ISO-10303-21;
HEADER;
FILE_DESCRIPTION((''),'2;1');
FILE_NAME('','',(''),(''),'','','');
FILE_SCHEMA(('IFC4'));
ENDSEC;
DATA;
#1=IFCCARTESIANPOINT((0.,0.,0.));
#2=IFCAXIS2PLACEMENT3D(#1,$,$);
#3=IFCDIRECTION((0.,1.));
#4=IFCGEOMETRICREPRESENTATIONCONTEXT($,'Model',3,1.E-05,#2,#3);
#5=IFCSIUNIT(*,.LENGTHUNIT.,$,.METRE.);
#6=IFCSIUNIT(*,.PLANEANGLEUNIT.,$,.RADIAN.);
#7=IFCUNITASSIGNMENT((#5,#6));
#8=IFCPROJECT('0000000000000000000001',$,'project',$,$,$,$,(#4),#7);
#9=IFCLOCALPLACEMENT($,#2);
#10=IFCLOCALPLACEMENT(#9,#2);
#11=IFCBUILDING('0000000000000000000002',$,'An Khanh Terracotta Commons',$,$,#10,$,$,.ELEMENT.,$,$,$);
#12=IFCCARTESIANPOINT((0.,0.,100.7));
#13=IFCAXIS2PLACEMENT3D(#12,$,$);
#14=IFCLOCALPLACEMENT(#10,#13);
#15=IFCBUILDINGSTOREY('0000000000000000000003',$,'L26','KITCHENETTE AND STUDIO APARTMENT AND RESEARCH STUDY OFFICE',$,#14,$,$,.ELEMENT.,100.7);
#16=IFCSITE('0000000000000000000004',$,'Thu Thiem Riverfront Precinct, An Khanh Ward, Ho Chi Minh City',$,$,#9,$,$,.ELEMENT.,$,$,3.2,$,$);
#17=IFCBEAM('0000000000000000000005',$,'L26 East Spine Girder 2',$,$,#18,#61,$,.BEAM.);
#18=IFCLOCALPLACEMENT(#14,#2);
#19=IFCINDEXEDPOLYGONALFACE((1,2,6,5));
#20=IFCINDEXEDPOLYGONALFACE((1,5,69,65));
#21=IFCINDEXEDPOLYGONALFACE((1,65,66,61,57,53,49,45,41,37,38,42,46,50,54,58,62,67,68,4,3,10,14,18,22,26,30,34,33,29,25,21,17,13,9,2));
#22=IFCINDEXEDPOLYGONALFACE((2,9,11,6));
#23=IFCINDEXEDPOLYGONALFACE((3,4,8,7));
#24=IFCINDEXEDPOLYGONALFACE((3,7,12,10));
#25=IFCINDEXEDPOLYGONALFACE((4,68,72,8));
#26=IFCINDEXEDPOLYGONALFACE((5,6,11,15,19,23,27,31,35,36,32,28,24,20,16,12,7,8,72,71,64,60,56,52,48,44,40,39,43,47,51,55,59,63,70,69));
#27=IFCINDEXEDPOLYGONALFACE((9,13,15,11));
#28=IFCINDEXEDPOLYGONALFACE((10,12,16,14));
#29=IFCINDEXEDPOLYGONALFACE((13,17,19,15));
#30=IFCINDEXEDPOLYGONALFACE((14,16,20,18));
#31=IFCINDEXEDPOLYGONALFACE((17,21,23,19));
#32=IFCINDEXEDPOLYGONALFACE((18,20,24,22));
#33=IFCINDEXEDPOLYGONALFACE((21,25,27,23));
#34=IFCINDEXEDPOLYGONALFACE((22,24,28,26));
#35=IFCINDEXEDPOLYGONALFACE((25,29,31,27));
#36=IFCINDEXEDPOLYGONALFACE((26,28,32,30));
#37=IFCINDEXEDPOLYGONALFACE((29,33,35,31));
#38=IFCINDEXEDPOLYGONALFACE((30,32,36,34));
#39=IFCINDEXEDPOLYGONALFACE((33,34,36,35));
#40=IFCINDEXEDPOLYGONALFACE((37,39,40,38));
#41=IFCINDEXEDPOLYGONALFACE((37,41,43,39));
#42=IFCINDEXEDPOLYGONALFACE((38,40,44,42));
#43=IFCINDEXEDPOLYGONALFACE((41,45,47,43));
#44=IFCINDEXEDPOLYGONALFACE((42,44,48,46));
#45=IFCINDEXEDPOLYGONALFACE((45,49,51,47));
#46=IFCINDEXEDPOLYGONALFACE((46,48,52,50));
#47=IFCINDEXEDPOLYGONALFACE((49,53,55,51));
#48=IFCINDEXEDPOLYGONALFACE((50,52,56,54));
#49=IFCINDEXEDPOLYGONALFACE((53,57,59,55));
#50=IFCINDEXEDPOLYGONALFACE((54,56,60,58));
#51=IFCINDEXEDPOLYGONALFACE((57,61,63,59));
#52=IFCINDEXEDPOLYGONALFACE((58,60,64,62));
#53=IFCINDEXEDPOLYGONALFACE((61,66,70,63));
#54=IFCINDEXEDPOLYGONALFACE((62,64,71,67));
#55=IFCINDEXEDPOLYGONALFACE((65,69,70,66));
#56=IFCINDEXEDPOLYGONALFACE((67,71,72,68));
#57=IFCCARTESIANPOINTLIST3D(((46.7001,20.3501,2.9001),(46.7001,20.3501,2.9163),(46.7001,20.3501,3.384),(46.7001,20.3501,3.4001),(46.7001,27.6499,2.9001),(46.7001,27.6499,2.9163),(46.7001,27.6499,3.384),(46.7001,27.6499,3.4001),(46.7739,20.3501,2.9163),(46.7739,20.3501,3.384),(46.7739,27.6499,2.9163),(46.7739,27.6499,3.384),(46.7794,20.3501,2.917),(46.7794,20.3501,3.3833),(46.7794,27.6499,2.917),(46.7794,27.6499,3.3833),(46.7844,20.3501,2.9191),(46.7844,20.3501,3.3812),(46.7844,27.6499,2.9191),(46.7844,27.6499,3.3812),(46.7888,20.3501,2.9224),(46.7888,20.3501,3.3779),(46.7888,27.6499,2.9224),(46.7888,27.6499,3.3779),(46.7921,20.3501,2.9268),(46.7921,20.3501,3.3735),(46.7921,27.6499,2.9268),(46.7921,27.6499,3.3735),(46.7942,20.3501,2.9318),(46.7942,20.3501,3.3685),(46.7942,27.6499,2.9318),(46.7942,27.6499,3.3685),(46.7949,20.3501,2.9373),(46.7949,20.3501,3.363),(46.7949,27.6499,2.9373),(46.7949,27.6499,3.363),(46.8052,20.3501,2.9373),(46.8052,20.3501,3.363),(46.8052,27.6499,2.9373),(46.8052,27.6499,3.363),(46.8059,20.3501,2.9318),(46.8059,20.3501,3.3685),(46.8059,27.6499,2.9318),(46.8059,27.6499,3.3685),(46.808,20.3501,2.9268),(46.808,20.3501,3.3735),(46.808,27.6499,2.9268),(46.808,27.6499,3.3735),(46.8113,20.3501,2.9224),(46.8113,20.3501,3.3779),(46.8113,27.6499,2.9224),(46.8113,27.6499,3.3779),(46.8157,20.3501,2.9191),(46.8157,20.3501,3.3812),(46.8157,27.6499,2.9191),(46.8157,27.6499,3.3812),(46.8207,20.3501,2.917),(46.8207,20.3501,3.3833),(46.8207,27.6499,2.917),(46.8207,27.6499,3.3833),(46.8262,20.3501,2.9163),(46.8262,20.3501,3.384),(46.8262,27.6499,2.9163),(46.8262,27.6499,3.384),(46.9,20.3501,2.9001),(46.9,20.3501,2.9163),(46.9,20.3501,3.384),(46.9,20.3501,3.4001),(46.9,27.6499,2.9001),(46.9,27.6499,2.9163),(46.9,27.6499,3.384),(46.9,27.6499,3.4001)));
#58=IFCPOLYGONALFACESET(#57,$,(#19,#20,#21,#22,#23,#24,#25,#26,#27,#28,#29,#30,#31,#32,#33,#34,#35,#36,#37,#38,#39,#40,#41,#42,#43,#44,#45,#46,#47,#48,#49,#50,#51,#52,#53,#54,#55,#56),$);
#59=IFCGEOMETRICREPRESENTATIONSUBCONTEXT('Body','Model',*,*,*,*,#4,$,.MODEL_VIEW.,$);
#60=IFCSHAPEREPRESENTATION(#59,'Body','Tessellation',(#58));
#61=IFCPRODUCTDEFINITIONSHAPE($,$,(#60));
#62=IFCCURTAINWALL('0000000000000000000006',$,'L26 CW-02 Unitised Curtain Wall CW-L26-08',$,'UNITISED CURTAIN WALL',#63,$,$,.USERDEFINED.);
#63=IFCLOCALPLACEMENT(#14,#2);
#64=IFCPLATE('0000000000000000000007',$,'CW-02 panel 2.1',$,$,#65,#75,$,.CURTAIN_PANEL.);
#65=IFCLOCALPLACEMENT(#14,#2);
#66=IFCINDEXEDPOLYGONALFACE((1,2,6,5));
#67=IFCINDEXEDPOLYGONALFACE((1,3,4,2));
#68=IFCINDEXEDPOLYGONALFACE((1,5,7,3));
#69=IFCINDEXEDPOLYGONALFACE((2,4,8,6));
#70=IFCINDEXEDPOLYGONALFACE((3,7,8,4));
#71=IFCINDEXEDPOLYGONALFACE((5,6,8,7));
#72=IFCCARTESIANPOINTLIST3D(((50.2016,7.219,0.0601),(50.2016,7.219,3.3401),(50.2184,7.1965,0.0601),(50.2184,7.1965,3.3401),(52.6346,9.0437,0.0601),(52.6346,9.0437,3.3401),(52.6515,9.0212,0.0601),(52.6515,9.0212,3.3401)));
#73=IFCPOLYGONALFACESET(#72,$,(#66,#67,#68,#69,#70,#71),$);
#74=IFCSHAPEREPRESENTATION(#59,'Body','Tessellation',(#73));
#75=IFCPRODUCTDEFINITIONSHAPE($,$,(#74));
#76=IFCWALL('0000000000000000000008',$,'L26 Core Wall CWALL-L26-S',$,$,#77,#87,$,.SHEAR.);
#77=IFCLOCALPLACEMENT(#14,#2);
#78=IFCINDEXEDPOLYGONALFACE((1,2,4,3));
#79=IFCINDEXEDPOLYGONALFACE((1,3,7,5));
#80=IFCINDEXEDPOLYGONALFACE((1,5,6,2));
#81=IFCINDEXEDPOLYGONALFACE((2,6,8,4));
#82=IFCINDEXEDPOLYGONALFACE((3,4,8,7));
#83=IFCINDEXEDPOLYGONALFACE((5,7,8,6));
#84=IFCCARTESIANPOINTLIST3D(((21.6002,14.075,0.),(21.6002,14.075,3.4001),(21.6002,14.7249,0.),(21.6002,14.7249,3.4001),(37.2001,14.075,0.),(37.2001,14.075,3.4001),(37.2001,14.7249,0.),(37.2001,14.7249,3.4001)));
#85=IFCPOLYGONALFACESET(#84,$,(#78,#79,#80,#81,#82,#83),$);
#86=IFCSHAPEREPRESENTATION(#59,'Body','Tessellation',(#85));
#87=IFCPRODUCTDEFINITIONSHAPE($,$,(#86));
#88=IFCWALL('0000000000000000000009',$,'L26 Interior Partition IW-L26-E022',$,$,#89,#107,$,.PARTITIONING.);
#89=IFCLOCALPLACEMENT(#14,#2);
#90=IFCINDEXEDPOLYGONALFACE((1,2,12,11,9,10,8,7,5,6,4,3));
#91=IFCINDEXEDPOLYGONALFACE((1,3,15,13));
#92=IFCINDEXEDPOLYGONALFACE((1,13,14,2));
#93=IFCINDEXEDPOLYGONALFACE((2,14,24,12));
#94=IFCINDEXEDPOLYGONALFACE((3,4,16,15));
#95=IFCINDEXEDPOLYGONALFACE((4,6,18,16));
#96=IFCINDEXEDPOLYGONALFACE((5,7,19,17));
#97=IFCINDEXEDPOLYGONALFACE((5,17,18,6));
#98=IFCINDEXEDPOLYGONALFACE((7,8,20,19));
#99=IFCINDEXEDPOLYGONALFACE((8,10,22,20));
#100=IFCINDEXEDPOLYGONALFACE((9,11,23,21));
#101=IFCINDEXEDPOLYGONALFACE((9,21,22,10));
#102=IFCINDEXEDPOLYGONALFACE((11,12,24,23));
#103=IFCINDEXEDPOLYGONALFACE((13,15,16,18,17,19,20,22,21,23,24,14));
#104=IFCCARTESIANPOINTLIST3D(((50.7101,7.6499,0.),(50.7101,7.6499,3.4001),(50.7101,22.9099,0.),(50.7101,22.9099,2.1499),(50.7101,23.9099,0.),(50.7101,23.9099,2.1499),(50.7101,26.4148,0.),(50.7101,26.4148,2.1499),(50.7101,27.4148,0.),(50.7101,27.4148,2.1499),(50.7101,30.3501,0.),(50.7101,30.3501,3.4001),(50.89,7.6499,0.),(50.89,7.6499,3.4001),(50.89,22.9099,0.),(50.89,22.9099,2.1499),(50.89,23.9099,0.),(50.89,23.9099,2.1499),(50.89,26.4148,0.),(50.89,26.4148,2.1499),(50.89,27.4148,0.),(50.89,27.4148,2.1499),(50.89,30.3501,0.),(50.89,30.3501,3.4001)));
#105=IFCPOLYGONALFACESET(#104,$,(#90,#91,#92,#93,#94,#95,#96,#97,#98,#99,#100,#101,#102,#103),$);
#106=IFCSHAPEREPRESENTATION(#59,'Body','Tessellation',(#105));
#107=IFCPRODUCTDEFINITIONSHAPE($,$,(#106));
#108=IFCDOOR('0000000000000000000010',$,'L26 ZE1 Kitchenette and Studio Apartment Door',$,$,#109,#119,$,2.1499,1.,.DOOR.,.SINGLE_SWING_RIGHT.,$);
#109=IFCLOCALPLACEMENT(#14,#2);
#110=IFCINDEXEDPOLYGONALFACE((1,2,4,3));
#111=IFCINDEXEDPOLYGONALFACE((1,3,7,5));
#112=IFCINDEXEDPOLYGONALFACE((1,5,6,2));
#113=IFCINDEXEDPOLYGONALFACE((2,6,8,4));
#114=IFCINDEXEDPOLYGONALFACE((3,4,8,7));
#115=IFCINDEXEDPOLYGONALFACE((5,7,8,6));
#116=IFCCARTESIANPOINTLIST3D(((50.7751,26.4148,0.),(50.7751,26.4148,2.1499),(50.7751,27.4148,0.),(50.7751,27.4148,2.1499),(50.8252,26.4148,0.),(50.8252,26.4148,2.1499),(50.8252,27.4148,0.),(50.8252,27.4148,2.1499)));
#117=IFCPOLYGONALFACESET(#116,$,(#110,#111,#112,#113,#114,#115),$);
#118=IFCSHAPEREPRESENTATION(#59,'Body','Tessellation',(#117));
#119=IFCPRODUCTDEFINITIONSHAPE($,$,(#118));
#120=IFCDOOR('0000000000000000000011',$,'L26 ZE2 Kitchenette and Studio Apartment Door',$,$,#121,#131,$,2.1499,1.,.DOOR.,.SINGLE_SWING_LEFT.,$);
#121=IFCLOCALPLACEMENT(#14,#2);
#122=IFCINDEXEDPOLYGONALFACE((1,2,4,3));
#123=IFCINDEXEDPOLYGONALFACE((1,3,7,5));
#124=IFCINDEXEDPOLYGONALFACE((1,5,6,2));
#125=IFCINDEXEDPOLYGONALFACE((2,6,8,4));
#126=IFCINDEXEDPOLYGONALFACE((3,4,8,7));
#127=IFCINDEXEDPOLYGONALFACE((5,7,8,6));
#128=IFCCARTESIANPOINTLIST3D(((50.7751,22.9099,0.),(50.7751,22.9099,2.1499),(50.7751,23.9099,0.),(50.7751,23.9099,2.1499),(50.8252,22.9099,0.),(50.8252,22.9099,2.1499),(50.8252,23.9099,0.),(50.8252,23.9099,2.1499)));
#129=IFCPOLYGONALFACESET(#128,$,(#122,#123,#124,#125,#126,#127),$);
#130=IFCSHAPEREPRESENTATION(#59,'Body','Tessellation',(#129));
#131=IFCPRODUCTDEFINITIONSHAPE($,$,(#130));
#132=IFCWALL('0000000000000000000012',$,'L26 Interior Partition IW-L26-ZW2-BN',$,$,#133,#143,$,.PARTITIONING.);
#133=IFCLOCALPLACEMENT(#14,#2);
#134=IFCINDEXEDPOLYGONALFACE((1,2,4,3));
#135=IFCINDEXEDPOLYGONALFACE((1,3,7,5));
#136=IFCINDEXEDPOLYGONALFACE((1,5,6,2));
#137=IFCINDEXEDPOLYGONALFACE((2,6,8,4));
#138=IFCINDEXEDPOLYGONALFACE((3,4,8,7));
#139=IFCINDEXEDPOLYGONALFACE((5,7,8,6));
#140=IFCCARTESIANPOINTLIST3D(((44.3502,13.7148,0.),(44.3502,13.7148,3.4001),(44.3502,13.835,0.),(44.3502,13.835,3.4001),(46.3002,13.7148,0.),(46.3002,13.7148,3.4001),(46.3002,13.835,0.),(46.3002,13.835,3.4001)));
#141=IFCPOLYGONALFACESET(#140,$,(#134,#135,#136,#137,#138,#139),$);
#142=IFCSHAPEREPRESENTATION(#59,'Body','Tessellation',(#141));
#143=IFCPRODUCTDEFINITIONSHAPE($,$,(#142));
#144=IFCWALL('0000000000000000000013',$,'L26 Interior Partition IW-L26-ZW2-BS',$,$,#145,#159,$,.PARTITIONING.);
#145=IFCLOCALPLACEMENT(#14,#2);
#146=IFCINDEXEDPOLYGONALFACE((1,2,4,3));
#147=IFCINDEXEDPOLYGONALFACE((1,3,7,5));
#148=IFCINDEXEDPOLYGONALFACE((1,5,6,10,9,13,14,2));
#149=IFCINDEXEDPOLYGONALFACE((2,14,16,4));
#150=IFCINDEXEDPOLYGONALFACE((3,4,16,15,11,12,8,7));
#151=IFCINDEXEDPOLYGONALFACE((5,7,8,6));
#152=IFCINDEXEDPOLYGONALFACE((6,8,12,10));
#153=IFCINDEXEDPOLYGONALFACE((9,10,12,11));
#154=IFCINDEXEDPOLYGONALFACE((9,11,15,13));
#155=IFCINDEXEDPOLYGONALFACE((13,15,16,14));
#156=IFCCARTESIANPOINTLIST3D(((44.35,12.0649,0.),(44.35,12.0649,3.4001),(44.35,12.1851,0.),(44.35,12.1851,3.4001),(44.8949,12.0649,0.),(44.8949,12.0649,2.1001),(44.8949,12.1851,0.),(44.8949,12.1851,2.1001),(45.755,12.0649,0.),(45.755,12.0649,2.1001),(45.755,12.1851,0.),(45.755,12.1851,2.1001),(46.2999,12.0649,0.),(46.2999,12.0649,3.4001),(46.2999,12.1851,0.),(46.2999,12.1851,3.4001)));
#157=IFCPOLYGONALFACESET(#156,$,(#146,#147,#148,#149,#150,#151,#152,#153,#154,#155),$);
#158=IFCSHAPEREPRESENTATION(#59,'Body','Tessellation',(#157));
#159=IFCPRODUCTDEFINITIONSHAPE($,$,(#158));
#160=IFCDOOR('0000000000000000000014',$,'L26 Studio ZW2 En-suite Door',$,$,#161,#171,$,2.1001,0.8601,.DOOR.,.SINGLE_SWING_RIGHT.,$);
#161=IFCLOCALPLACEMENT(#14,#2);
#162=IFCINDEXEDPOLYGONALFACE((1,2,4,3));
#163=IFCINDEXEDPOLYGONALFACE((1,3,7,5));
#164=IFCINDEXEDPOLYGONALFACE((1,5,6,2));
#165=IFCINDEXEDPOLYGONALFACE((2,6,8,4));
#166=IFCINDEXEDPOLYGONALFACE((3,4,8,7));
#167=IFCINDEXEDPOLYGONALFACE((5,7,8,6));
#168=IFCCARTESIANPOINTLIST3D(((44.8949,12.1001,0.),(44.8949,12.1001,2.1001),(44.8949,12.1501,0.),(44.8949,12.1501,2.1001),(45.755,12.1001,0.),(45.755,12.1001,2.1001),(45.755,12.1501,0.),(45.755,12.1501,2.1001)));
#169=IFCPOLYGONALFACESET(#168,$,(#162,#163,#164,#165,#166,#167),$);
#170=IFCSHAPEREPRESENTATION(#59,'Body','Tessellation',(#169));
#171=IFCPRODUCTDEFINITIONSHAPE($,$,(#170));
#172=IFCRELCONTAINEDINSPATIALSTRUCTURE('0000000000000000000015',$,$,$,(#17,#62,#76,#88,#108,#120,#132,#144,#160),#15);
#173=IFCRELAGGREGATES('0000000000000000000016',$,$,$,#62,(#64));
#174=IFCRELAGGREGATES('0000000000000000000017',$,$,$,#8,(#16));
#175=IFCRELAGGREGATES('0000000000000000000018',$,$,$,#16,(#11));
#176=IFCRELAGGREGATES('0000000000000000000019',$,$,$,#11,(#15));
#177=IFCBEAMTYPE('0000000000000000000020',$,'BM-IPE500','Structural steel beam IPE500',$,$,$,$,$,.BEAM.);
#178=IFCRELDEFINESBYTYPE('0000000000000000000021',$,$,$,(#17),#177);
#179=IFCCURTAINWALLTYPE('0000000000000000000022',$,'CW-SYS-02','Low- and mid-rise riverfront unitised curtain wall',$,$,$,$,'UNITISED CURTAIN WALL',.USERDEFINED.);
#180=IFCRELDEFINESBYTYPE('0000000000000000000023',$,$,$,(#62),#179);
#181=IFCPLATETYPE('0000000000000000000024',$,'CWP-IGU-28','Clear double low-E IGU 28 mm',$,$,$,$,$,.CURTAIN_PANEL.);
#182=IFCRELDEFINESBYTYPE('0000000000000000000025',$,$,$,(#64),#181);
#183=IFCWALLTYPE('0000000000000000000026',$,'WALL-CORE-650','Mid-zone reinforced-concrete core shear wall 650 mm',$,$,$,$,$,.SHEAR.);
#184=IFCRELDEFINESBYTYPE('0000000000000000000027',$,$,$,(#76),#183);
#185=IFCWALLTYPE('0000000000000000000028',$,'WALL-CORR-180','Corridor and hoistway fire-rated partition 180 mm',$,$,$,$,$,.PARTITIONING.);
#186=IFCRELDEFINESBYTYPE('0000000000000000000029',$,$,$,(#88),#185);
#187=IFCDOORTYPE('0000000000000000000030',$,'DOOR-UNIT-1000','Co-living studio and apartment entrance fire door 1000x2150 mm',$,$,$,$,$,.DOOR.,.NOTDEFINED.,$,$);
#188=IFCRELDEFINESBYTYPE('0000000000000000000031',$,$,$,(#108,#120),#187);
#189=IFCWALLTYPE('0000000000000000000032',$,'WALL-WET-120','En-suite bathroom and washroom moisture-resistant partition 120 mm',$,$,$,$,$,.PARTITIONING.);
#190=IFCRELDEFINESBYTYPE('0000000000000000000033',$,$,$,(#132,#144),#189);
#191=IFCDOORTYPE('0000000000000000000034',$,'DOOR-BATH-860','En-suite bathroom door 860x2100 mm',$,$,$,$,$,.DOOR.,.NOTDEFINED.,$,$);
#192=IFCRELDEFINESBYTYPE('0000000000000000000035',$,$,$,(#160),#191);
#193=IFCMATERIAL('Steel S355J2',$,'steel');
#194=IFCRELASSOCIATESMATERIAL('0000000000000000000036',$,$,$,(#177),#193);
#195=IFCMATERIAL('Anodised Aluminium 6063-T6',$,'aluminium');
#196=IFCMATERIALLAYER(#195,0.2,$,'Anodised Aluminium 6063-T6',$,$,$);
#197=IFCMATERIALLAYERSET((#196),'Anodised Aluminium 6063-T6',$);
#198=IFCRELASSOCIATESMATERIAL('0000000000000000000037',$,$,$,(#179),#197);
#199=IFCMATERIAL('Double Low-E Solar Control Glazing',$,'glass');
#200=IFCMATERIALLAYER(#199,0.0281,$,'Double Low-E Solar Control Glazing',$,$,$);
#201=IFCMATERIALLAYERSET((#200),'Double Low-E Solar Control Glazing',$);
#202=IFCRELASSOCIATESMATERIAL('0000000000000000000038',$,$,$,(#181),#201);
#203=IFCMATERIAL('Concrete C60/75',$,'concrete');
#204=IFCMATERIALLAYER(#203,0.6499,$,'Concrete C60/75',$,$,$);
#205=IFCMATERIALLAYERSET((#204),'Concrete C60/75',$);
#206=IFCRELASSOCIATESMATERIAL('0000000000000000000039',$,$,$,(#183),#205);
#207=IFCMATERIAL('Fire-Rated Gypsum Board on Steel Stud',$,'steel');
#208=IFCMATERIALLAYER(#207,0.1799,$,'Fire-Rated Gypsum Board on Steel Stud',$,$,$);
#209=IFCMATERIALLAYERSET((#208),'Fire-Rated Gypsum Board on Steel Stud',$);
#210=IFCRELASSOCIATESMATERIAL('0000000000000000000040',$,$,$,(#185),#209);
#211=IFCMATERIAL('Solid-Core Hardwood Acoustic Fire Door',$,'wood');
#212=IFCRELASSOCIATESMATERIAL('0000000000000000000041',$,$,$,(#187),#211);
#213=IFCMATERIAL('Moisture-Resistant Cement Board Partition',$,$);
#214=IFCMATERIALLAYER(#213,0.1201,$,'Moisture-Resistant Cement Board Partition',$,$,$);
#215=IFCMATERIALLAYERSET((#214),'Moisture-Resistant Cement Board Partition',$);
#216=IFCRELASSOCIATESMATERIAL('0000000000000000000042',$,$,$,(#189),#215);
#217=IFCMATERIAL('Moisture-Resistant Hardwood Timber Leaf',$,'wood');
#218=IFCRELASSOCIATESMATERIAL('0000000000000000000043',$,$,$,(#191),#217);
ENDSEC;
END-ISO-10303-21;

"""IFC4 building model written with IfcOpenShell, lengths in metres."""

from ifc_helpers import new_model, si_unit, direction, frame, frame_2d, origin, origin_2d, place, context, subcontext, project, spatial, rectangle, i_section, extrude, material, layer, layer_set, material_profile, profile_set, type_object, element, fill, aggregate, save


model = new_model("IFC4")

# Units and contexts
model_context = context("Model", 3, precision=1e-05, world=origin(), true_north=direction((0.0, 1.0)))
body_context = subcontext(model_context, "Body", "Model", "MODEL_VIEW")
ifc_project = project(units=[si_unit("LENGTHUNIT", "METRE"), si_unit("PLANEANGLEUNIT", "RADIAN")], contexts=[model_context])

# Site, building, storey
site_placement = place(None, origin())
site = spatial("IfcSite", under=ifc_project, at=site_placement, Name="Thu Thiem Riverfront Precinct, An Khanh Ward, Ho Chi Minh City", CompositionType="ELEMENT", RefElevation=3.2)
building_placement = place(site_placement, origin())
building = spatial("IfcBuilding", under=site, at=building_placement, Name="An Khanh Terracotta Commons", CompositionType="ELEMENT")
storey_placement = place(building_placement, frame((0.0, 0.0, 100.7)))
storey = spatial("IfcBuildingStorey", under=building, at=storey_placement, Name="L26", Description="KITCHENETTE AND STUDIO APARTMENT AND RESEARCH STUDY OFFICE", CompositionType="ELEMENT", Elevation=100.7)

# Beam
ifc_material_1 = material(Name="Steel S355J2", Category="steel")
ifc_material_profile_1 = material_profile(ifc_material_1, i_section(OverallWidth=0.2, OverallDepth=0.5, WebThickness=0.0103, FlangeThickness=0.0161, FilletRadius=0.021, at=origin_2d()), Name="IPE500")
ifc_profile_set_1 = profile_set([ifc_material_profile_1], Name="Steel S355J2")
beam_type_1 = type_object("IfcBeamType", Name="BM-IPE500", Description="Structural steel beam IPE500", PredefinedType="BEAM", material=ifc_profile_set_1)
beam_1_placement = place(storey_placement, frame((46.8, 20.3501, 3.1501), z_axis=(0.0, 1.0, 0.0), x_axis=(-1.0, 0.0, 0.0)))
element("IfcBeam", 1, at=beam_1_placement, inside=storey, type_object=beam_type_1, Name="L26 East Spine Girder 2", PredefinedType="BEAM", context=body_context, shape_type="SweptSolid", body=[
    extrude(i_section(OverallWidth=0.2, OverallDepth=0.5, WebThickness=0.0103, FlangeThickness=0.0161, FilletRadius=0.021, at=origin_2d()), origin(), (0.0, 0.0, 1.0), 7.2998),
])

# Curtain wall, plate
ifc_material_2 = material(Name="Anodised Aluminium 6063-T6", Category="aluminium")
ifc_layer_1 = layer(ifc_material_2, 0.2, Name="Anodised Aluminium 6063-T6")
ifc_layer_set_1 = layer_set([ifc_layer_1], Name="Anodised Aluminium 6063-T6")
curtain_wall_type = type_object("IfcCurtainWallType", Name="CW-SYS-02", Description="Low- and mid-rise riverfront unitised curtain wall", ElementType="UNITISED CURTAIN WALL", PredefinedType="USERDEFINED", material=ifc_layer_set_1)
curtain_wall_placement = place(storey_placement, origin())
curtain_wall = element("IfcCurtainWall", 2, at=curtain_wall_placement, inside=storey, type_object=curtain_wall_type, Name="L26 CW-02 Unitised Curtain Wall CW-L26-08", ObjectType="UNITISED CURTAIN WALL", PredefinedType="USERDEFINED")
ifc_material_3 = material(Name="Double Low-E Solar Control Glazing", Category="glass")
ifc_layer_2 = layer(ifc_material_3, 0.0281, Name="Double Low-E Solar Control Glazing")
ifc_layer_set_2 = layer_set([ifc_layer_2], Name="Double Low-E Solar Control Glazing")
plate_type = type_object("IfcPlateType", Name="CWP-IGU-28", Description="Clear double low-E IGU 28 mm", PredefinedType="CURTAIN_PANEL", material=ifc_layer_set_2)
plate_placement = place(storey_placement, frame((51.4265, 8.1201, 0.0601), z_axis=(0.0, 0.0, 1.0), x_axis=(0.800013, 0.599983, 0.0)))
plate = element("IfcPlate", 3, at=plate_placement, type_object=plate_type, Name="CW-02 panel 2.1", PredefinedType="CURTAIN_PANEL", context=body_context, shape_type="SweptSolid", body=[
    extrude(rectangle(XDim=3.0413, YDim=0.0281, at=origin_2d()), origin(), (0.0, 0.0, 1.0), 3.28),
])
aggregate(curtain_wall, [plate])

# Wall
ifc_material_4 = material(Name="Concrete C60/75", Category="concrete")
ifc_layer_3 = layer(ifc_material_4, 0.6499, Name="Concrete C60/75")
ifc_layer_set_3 = layer_set([ifc_layer_3], Name="Concrete C60/75")
wall_type_1 = type_object("IfcWallType", Name="WALL-CORE-650", Description="Mid-zone reinforced-concrete core shear wall 650 mm", PredefinedType="SHEAR", material=ifc_layer_set_3)
wall_1_placement = place(storey_placement, frame((37.2, 14.3999, 0.0), z_axis=(0.0, 0.0, 1.0), x_axis=(-1.0, 0.0, 0.0)))
element("IfcWall", 4, at=wall_1_placement, inside=storey, type_object=wall_type_1, Name="L26 Core Wall CWALL-L26-S", PredefinedType="SHEAR", context=body_context, shape_type="SweptSolid", body=[
    extrude(rectangle(XDim=15.5999, YDim=0.6499, at=frame_2d((7.7998, 0.0))), origin(), (0.0, 0.0, 1.0), 3.4001),
])

# Wall, openings, doors
ifc_material_5 = material(Name="Fire-Rated Gypsum Board on Steel Stud", Category="steel")
ifc_layer_4 = layer(ifc_material_5, 0.1799, Name="Fire-Rated Gypsum Board on Steel Stud")
ifc_layer_set_4 = layer_set([ifc_layer_4], Name="Fire-Rated Gypsum Board on Steel Stud")
wall_type_2 = type_object("IfcWallType", Name="WALL-CORR-180", Description="Corridor and hoistway fire-rated partition 180 mm", PredefinedType="PARTITIONING", material=ifc_layer_set_4)
wall_2_placement = place(storey_placement, frame((50.8, 7.6499, 0.0), z_axis=(0.0, 0.0, 1.0), x_axis=(0.0, 1.0, 0.0)))
wall_2 = element("IfcWall", 5, at=wall_2_placement, inside=storey, type_object=wall_type_2, Name="L26 Interior Partition IW-L26-E022", PredefinedType="PARTITIONING", context=body_context, shape_type="SweptSolid", body=[
    extrude(rectangle(XDim=22.7002, YDim=0.1799, at=frame_2d((11.3501, 0.0))), origin(), (0.0, 0.0, 1.0), 3.4001),
])
opening_1_placement = place(wall_2_placement, frame((18.7649, 0.0, 0.0)))
opening_1 = element("IfcOpeningElement", 6, at=opening_1_placement, cuts=wall_2, PredefinedType="OPENING", context=body_context, shape_type="SweptSolid", body=[
    extrude(rectangle(XDim=1.0, YDim=2.1499, at=frame_2d((0.5, 1.075))), frame((0.0, 0.0999, 0.0), z_axis=(0.0, -1.0, 0.0), x_axis=(1.0, 0.0, 0.0)), (0.0, 0.0, 1.0), 0.2),
])
opening_2_placement = place(wall_2_placement, frame((15.26, 0.0, 0.0)))
opening_2 = element("IfcOpeningElement", 7, at=opening_2_placement, cuts=wall_2, PredefinedType="OPENING", context=body_context, shape_type="SweptSolid", body=[
    extrude(rectangle(XDim=1.0, YDim=2.1499, at=frame_2d((0.5, 1.075))), frame((0.0, 0.0999, 0.0), z_axis=(0.0, -1.0, 0.0), x_axis=(1.0, 0.0, 0.0)), (0.0, 0.0, 1.0), 0.2),
])
ifc_material_6 = material(Name="Solid-Core Hardwood Acoustic Fire Door", Category="wood")
door_type_1 = type_object("IfcDoorType", Name="DOOR-UNIT-1000", Description="Co-living studio and apartment entrance fire door 1000x2150 mm", OperationType="NOTDEFINED", PredefinedType="DOOR", material=ifc_material_6)
door_1_placement = place(opening_1_placement, origin())
door_1 = element("IfcDoor", 8, at=door_1_placement, inside=storey, type_object=door_type_1, Name="L26 ZE1 Kitchenette and Studio Apartment Door", OperationType="SINGLE_SWING_RIGHT", OverallHeight=2.1499, OverallWidth=1.0, PredefinedType="DOOR", context=body_context, shape_type="SweptSolid", body=[
    extrude(rectangle(XDim=1.0, YDim=2.1499, at=frame_2d((0.5, 1.075))), frame((0.0, 0.0249, 0.0), z_axis=(0.0, -1.0, 0.0), x_axis=(1.0, 0.0, 0.0)), (0.0, 0.0, 1.0), 0.05),
])
fill(opening_1, door_1)
door_2_placement = place(opening_2_placement, origin())
door_2 = element("IfcDoor", 9, at=door_2_placement, inside=storey, type_object=door_type_1, Name="L26 ZE2 Kitchenette and Studio Apartment Door", OperationType="SINGLE_SWING_LEFT", OverallHeight=2.1499, OverallWidth=1.0, PredefinedType="DOOR", context=body_context, shape_type="SweptSolid", body=[
    extrude(rectangle(XDim=1.0, YDim=2.1499, at=frame_2d((0.5, 1.075))), frame((0.0, 0.0249, 0.0), z_axis=(0.0, -1.0, 0.0), x_axis=(1.0, 0.0, 0.0)), (0.0, 0.0, 1.0), 0.05),
])
fill(opening_2, door_2)

# Wall
ifc_material_7 = material(Name="Moisture-Resistant Cement Board Partition")
ifc_layer_5 = layer(ifc_material_7, 0.1201, Name="Moisture-Resistant Cement Board Partition")
ifc_layer_set_5 = layer_set([ifc_layer_5], Name="Moisture-Resistant Cement Board Partition")
wall_type_3 = type_object("IfcWallType", Name="WALL-WET-120", Description="En-suite bathroom and washroom moisture-resistant partition 120 mm", PredefinedType="PARTITIONING", material=ifc_layer_set_5)
wall_3_placement = place(storey_placement, frame((44.3501, 13.7749, 0.0), z_axis=(0.0, 0.0, 1.0), x_axis=(1.0, 0.0, 0.0)))
element("IfcWall", 10, at=wall_3_placement, inside=storey, type_object=wall_type_3, Name="L26 Interior Partition IW-L26-ZW2-BN", PredefinedType="PARTITIONING", context=body_context, shape_type="SweptSolid", body=[
    extrude(rectangle(XDim=1.95, YDim=0.1201, at=frame_2d((0.9751, 0.0))), origin(), (0.0, 0.0, 1.0), 3.4001),
])

# Wall, opening, door
wall_4_placement = place(storey_placement, frame((46.3, 12.125, 0.0), z_axis=(0.0, 0.0, 1.0), x_axis=(-1.0, 0.0, 0.0)))
wall_4 = element("IfcWall", 11, at=wall_4_placement, inside=storey, type_object=wall_type_3, Name="L26 Interior Partition IW-L26-ZW2-BS", PredefinedType="PARTITIONING", context=body_context, shape_type="SweptSolid", body=[
    extrude(rectangle(XDim=1.95, YDim=0.1201, at=frame_2d((0.9751, 0.0))), origin(), (0.0, 0.0, 1.0), 3.4001),
])
opening_3_placement = place(wall_4_placement, frame((0.5449, 0.0, 0.0)))
opening_3 = element("IfcOpeningElement", 12, at=opening_3_placement, cuts=wall_4, PredefinedType="OPENING", context=body_context, shape_type="SweptSolid", body=[
    extrude(rectangle(XDim=0.8601, YDim=2.1001, at=frame_2d((0.4302, 1.05))), frame((0.0, 0.0701, 0.0), z_axis=(0.0, -1.0, 0.0), x_axis=(1.0, 0.0, 0.0)), (0.0, 0.0, 1.0), 0.1401),
])
ifc_material_8 = material(Name="Moisture-Resistant Hardwood Timber Leaf", Category="wood")
door_type_2 = type_object("IfcDoorType", Name="DOOR-BATH-860", Description="En-suite bathroom door 860x2100 mm", OperationType="NOTDEFINED", PredefinedType="DOOR", material=ifc_material_8)
door_3_placement = place(opening_3_placement, origin())
door_3 = element("IfcDoor", 13, at=door_3_placement, inside=storey, type_object=door_type_2, Name="L26 Studio ZW2 En-suite Door", OperationType="SINGLE_SWING_RIGHT", OverallHeight=2.1001, OverallWidth=0.8601, PredefinedType="DOOR", context=body_context, shape_type="SweptSolid", body=[
    extrude(rectangle(XDim=0.8601, YDim=2.1001, at=frame_2d((0.4302, 1.05))), frame((0.0, 0.0249, 0.0), z_axis=(0.0, -1.0, 0.0), x_axis=(1.0, 0.0, 0.0)), (0.0, 0.0, 1.0), 0.05),
])
fill(opening_3, door_3)

save(model, "model.ifc")
